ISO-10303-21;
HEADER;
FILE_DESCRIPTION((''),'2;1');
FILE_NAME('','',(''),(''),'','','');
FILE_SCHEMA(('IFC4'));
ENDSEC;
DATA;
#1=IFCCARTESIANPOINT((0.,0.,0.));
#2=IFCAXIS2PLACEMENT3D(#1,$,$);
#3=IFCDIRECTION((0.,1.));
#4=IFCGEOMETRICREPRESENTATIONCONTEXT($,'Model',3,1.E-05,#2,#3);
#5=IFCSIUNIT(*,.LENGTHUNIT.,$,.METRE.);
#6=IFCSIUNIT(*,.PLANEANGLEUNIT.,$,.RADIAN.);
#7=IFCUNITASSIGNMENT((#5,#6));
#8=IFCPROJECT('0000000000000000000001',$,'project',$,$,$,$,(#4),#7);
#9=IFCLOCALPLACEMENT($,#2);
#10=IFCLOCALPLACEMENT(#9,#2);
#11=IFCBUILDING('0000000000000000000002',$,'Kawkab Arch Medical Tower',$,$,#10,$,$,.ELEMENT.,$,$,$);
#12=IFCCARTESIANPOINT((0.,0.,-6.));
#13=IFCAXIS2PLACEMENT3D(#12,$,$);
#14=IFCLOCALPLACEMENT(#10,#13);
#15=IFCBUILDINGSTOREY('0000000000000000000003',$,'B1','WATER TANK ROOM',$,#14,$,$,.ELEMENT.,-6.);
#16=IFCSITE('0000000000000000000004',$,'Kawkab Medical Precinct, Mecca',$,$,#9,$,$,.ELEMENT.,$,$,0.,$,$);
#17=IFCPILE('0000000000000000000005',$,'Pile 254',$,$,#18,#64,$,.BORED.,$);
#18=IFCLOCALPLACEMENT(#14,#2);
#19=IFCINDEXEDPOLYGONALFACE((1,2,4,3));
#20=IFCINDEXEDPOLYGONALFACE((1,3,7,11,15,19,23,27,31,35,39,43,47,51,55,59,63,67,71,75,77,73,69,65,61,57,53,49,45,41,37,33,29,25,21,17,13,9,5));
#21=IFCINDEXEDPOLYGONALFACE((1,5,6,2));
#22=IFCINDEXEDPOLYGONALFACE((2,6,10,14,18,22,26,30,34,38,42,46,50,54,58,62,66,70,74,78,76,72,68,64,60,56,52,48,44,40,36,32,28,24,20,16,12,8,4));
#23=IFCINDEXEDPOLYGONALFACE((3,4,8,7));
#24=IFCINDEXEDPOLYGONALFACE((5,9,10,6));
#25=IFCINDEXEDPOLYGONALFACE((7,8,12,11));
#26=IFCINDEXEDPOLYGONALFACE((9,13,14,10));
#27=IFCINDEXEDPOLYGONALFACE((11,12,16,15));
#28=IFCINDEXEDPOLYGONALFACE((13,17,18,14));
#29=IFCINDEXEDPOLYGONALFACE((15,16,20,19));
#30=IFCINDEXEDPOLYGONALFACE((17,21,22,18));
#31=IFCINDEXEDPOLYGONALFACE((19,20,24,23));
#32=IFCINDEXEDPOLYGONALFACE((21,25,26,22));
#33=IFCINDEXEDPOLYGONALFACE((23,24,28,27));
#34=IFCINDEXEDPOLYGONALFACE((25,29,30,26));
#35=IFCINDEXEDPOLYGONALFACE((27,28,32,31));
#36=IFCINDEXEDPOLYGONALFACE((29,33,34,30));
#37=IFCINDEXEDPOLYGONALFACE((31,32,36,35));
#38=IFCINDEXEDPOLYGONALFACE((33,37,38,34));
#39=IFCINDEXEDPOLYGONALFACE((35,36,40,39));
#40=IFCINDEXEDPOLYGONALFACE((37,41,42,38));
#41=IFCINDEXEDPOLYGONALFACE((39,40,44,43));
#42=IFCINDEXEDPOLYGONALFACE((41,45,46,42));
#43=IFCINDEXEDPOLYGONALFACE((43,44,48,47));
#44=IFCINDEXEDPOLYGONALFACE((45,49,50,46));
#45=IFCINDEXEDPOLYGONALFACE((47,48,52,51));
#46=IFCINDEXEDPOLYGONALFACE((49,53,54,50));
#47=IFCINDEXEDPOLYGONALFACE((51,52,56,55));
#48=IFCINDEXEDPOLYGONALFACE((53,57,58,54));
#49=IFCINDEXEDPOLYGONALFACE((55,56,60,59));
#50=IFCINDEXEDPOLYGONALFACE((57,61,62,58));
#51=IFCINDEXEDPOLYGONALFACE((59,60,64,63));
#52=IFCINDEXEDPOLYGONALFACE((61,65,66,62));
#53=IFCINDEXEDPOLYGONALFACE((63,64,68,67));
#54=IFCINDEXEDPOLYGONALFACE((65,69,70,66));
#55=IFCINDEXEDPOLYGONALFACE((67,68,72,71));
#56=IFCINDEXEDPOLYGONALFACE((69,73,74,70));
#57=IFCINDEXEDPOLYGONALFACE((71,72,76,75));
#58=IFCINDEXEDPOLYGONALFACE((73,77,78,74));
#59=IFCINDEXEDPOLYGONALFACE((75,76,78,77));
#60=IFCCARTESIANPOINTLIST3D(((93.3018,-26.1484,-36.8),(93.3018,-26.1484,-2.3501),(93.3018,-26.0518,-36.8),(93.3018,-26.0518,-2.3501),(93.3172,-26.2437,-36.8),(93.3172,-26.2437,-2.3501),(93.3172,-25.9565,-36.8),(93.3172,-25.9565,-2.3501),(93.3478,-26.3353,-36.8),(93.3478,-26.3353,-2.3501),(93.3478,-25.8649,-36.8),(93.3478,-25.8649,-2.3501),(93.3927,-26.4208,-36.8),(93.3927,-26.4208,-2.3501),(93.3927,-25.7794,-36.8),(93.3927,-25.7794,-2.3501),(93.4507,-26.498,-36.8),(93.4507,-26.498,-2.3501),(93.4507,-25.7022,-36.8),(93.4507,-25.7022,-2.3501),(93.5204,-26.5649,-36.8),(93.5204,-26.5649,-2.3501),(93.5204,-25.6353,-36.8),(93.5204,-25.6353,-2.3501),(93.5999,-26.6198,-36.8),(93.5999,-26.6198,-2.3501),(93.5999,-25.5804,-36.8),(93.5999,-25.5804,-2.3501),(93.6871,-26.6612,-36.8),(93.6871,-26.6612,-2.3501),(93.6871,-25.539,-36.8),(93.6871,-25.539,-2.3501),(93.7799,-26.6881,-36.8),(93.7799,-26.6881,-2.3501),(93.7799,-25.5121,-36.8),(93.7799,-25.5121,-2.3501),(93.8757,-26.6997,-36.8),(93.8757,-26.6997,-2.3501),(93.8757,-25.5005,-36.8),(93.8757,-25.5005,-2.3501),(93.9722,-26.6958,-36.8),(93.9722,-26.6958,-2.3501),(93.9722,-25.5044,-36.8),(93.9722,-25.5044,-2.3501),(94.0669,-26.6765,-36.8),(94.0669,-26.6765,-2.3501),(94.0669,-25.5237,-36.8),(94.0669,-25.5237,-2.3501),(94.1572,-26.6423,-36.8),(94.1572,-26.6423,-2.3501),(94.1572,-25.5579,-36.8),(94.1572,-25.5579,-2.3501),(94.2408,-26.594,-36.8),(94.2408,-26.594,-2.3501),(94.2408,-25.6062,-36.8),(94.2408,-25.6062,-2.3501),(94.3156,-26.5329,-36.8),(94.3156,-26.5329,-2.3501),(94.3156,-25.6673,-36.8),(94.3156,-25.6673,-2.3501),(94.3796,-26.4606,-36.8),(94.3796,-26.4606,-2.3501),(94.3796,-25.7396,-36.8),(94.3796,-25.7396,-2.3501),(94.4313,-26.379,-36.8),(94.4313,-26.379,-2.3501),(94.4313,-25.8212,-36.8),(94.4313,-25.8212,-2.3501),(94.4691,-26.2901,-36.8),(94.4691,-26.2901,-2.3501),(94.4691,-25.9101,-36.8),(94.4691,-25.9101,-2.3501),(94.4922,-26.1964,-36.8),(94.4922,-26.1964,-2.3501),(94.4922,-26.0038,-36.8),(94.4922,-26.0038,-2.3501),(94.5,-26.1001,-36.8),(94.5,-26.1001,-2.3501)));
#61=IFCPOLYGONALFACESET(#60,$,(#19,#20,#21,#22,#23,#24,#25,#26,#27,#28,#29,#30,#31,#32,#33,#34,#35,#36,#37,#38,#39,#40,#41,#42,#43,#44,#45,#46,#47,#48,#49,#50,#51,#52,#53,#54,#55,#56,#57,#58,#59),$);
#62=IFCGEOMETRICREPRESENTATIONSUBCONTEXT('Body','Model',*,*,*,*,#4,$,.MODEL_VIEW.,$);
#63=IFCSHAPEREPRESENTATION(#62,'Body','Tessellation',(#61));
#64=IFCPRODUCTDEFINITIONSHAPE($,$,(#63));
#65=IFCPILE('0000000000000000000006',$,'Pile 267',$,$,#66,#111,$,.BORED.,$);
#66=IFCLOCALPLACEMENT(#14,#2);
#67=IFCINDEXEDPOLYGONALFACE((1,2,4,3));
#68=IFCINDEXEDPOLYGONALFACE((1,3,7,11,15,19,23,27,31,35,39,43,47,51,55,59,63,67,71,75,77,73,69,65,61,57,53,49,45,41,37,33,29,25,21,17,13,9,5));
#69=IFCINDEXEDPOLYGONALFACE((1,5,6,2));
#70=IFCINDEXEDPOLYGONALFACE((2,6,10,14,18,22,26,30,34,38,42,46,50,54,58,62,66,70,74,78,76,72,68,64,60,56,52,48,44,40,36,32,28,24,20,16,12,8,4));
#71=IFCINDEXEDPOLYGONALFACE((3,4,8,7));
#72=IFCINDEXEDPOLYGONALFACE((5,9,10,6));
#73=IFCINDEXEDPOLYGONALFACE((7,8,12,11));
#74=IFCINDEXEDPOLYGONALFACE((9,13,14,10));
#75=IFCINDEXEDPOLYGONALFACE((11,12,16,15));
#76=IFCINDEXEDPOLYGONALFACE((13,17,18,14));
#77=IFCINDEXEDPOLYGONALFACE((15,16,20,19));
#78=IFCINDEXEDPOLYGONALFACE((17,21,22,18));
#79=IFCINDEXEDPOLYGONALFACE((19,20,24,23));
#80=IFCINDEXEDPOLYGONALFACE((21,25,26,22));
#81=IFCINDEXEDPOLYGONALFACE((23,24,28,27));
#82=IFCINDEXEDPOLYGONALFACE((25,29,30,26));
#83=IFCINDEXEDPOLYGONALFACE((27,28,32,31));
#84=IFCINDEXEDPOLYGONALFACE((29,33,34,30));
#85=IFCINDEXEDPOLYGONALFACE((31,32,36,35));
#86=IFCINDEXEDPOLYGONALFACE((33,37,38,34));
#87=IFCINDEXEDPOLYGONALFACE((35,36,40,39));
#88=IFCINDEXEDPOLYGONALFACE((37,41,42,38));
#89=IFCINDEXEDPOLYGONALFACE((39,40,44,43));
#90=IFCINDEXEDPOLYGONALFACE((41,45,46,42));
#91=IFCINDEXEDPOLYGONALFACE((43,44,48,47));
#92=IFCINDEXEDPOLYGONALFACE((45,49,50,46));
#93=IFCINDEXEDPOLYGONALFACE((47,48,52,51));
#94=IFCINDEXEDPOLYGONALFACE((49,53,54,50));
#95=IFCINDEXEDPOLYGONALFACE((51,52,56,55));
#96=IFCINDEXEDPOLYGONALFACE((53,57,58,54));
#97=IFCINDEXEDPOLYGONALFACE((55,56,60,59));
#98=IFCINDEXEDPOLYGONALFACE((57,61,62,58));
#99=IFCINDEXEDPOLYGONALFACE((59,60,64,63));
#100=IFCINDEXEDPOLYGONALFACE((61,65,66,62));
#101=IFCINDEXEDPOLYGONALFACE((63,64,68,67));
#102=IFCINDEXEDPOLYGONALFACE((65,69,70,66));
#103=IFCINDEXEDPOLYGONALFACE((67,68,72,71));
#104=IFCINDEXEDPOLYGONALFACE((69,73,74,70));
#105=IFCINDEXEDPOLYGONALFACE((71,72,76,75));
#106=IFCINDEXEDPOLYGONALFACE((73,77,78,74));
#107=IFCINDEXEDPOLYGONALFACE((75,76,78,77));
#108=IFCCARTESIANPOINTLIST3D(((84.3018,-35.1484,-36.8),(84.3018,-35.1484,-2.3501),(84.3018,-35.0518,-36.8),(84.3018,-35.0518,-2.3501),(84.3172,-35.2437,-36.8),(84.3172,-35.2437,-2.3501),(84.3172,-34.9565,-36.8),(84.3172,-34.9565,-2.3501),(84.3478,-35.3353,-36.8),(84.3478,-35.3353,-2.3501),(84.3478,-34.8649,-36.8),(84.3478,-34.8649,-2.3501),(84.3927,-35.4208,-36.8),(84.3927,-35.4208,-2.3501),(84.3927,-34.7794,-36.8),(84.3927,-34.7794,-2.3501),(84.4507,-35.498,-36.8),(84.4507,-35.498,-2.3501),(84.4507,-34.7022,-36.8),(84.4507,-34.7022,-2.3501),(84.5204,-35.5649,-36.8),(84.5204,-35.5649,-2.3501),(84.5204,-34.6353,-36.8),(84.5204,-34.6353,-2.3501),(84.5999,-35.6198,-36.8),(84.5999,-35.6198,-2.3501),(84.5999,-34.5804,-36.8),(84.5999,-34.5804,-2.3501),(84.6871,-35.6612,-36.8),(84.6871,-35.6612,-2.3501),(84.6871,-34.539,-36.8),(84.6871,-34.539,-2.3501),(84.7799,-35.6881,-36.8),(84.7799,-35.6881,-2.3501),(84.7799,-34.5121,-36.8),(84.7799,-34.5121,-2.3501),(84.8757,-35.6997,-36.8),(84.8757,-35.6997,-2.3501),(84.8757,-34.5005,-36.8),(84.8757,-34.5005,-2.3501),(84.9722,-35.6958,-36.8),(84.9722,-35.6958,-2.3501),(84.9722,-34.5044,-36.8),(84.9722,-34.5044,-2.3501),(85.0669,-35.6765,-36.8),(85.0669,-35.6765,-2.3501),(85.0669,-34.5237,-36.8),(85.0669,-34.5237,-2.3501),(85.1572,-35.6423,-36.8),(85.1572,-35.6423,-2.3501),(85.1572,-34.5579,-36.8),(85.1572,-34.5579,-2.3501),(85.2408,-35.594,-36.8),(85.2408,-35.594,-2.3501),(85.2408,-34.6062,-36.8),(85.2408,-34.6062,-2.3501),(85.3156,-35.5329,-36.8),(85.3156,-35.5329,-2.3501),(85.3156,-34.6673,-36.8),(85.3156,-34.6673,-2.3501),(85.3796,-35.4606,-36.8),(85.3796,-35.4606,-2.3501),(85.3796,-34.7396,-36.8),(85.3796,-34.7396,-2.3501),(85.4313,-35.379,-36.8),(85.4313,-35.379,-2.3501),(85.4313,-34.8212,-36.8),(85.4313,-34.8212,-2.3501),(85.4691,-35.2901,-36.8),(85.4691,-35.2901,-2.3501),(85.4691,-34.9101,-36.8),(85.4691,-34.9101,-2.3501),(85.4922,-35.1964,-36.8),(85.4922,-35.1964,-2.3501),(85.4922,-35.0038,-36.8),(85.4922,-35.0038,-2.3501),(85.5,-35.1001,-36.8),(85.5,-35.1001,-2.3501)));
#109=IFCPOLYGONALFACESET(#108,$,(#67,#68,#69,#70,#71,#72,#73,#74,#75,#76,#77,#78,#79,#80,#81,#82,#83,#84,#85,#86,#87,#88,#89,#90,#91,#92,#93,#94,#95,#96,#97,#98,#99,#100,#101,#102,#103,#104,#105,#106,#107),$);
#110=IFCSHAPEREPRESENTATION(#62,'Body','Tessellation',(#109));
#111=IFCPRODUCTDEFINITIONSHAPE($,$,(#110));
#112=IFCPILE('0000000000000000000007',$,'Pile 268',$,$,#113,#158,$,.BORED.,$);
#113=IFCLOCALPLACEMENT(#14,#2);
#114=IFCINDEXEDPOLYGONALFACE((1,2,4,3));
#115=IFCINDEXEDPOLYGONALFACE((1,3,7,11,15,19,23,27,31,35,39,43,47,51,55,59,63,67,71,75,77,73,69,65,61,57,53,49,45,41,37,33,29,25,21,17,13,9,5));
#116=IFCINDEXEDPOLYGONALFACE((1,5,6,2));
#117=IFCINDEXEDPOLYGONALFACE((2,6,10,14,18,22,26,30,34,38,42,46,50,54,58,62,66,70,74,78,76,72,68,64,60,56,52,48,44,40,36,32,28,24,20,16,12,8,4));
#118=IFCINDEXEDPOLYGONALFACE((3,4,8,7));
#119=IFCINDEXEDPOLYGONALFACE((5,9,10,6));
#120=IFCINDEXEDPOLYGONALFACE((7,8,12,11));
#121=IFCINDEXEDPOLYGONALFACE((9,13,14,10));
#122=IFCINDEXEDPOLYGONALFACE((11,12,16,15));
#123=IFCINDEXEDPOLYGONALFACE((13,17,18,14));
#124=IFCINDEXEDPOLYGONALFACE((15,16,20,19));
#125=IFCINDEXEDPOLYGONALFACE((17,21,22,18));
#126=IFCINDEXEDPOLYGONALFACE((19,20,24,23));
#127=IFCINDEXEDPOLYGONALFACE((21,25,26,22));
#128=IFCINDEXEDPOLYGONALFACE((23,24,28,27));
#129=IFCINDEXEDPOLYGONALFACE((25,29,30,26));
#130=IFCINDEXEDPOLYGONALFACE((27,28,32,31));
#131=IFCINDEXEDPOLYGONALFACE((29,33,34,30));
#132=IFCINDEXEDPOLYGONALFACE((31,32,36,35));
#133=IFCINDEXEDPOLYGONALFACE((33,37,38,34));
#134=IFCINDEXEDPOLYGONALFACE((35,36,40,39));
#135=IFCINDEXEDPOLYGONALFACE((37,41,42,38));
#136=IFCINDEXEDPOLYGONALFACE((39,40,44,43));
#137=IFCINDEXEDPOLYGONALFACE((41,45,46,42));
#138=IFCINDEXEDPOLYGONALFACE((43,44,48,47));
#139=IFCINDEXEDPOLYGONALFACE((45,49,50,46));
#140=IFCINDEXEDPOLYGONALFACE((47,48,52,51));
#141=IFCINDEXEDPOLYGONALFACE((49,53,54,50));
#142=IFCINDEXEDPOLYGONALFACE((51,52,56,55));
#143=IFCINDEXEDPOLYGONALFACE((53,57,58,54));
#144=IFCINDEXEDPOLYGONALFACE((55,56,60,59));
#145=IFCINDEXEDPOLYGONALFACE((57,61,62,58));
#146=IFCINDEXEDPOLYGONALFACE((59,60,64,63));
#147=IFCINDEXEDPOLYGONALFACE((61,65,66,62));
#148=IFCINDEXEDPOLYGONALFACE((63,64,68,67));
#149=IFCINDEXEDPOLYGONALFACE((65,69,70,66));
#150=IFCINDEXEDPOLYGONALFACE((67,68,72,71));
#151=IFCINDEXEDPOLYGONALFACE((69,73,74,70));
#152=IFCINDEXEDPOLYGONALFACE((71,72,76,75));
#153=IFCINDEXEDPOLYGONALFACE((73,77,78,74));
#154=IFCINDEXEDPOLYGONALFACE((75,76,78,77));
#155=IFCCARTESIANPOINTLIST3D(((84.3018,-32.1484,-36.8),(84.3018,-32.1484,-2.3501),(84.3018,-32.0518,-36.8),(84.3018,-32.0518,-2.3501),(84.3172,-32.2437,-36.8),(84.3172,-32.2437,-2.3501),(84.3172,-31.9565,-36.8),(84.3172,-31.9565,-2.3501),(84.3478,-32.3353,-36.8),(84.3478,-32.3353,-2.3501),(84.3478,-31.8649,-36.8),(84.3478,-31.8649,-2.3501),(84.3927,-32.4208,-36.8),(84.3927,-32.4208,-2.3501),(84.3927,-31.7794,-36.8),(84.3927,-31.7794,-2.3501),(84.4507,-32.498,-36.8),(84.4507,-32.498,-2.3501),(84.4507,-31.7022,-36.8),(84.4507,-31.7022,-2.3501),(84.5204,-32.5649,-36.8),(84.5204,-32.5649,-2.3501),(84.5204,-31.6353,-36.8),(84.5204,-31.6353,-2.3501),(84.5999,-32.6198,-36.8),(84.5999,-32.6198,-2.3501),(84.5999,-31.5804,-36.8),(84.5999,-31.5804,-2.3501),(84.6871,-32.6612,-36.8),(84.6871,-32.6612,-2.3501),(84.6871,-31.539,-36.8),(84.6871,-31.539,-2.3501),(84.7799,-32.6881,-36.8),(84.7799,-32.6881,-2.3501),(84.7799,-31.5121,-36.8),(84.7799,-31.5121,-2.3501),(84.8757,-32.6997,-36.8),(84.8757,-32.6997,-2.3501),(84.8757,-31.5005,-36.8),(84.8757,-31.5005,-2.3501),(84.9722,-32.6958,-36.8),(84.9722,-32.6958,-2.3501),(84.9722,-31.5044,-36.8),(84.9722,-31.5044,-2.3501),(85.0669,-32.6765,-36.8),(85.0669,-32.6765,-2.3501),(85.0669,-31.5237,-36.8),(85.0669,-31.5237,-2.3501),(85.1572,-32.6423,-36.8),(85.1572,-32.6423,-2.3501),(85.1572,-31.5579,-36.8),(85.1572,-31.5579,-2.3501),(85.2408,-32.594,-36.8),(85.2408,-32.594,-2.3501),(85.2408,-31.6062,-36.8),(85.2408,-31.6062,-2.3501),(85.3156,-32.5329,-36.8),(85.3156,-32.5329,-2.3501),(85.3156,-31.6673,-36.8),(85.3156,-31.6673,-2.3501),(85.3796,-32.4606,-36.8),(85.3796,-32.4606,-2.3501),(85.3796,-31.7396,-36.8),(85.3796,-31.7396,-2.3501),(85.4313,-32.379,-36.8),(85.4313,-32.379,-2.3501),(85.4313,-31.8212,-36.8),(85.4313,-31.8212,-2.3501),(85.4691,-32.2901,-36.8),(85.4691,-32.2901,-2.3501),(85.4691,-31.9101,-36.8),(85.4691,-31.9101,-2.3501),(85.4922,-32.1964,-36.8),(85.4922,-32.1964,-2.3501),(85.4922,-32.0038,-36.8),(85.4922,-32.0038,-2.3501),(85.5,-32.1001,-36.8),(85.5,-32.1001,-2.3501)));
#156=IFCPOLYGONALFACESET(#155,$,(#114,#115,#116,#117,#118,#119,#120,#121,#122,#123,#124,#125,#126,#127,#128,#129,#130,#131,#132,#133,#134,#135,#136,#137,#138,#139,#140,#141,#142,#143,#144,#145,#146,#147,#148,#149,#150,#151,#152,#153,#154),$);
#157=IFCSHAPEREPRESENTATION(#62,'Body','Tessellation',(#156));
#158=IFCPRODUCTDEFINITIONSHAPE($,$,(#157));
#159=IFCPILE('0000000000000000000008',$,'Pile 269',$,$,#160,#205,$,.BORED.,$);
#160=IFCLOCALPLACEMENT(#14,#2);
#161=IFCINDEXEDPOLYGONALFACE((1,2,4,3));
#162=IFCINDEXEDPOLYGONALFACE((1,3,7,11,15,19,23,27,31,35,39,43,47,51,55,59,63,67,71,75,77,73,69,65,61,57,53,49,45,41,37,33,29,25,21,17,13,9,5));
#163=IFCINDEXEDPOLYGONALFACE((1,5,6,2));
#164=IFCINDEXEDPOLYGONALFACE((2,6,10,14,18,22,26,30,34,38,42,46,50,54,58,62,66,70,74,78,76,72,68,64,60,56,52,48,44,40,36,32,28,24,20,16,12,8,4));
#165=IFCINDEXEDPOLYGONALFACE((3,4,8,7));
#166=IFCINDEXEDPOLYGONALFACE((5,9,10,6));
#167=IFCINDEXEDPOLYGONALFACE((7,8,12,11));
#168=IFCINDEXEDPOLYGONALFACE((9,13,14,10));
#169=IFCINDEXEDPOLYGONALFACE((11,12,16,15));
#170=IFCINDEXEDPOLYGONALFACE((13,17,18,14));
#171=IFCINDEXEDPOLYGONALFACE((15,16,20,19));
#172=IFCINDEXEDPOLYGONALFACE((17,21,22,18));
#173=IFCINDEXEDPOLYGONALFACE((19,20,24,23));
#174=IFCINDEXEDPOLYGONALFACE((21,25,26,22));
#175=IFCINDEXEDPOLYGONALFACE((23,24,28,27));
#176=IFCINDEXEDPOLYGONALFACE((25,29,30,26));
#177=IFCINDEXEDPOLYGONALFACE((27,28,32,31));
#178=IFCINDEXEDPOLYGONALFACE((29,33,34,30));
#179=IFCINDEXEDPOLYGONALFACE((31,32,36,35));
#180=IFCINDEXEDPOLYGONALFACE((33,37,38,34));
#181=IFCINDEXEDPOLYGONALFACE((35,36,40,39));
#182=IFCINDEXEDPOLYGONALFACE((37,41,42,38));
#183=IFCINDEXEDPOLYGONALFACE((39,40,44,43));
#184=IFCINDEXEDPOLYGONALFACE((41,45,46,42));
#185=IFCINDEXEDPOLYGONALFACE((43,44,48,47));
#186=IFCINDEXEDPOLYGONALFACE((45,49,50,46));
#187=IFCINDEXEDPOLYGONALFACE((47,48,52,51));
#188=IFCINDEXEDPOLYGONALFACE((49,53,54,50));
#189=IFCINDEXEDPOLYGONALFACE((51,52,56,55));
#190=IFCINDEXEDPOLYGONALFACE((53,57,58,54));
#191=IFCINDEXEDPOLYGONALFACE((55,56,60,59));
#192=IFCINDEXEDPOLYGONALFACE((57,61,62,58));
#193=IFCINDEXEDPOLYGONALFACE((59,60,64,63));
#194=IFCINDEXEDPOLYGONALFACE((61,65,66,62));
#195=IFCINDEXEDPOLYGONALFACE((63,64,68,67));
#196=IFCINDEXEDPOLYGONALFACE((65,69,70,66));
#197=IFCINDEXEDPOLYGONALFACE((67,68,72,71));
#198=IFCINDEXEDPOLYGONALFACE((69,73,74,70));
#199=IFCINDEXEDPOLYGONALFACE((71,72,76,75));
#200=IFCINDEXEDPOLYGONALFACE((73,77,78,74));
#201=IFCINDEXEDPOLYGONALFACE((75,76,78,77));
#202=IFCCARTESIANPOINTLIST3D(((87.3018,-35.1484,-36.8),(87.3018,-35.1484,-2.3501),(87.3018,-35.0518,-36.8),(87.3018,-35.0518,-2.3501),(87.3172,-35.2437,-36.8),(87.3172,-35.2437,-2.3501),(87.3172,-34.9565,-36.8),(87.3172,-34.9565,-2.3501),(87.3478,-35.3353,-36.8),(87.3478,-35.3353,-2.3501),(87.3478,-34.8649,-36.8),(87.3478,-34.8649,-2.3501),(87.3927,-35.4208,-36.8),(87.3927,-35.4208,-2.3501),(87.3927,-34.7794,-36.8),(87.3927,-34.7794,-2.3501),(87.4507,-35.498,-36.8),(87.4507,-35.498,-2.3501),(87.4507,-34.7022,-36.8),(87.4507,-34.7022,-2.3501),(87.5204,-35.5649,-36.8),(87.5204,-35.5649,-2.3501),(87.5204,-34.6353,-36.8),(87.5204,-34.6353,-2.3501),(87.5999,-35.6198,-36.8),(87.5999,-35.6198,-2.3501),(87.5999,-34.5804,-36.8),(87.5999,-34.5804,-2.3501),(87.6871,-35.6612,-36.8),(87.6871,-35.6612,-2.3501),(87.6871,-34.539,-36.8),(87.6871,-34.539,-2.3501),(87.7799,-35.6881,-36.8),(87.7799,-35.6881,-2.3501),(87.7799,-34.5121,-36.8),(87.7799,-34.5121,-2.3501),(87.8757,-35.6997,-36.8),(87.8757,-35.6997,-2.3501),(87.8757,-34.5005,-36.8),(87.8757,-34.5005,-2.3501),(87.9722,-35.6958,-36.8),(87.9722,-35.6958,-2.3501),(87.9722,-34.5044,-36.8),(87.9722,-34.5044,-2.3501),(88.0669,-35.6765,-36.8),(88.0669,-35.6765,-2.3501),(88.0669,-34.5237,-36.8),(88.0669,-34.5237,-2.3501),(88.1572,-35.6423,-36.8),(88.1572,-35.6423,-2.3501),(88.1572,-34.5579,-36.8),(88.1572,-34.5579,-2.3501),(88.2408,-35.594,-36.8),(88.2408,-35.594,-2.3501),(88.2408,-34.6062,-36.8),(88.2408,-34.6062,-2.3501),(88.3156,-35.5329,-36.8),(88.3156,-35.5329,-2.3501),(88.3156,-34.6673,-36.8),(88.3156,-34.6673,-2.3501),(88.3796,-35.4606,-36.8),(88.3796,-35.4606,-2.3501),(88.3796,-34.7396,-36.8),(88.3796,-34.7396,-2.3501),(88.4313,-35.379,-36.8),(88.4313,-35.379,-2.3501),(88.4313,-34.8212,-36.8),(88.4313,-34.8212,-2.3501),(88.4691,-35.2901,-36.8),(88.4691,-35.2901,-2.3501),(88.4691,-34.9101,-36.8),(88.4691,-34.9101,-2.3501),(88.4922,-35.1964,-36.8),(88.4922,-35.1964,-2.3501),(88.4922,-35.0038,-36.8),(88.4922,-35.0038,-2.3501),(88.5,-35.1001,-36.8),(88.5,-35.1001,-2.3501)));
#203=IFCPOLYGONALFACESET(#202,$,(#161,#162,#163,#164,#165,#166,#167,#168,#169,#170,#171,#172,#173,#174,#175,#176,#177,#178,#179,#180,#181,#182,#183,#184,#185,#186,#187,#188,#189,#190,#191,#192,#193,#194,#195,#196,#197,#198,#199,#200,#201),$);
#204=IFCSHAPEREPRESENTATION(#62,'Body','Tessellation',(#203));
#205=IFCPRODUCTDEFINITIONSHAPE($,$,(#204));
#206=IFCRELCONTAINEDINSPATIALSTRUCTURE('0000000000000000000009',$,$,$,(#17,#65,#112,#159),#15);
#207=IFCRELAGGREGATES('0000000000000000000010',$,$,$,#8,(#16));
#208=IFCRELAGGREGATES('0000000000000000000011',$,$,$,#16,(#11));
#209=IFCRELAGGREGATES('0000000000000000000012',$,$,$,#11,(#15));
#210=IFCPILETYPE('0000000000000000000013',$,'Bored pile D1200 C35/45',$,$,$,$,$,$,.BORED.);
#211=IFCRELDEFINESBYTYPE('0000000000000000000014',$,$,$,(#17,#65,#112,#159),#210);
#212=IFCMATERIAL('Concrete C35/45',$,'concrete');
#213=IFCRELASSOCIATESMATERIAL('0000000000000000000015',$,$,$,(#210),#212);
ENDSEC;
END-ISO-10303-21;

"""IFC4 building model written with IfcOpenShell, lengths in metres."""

from ifc_helpers import new_model, si_unit, direction, frame, origin, origin_2d, place, context, subcontext, project, spatial, circle, extrude, material, material_profile, profile_set, type_object, element, save


model = new_model("IFC4")

# Units and contexts
model_context = context("Model", 3, precision=1e-05, world=origin(), true_north=direction((0.0, 1.0)))
body_context = subcontext(model_context, "Body", "Model", "MODEL_VIEW")
ifc_project = project(units=[si_unit("LENGTHUNIT", "METRE"), si_unit("PLANEANGLEUNIT", "RADIAN")], contexts=[model_context])

# Site, building, storey
site_placement = place(None, origin())
site = spatial("IfcSite", under=ifc_project, at=site_placement, Name="Kawkab Medical Precinct, Mecca", CompositionType="ELEMENT", RefElevation=0.0)
building_placement = place(site_placement, origin())
building = spatial("IfcBuilding", under=site, at=building_placement, Name="Kawkab Arch Medical Tower", CompositionType="ELEMENT")
storey_placement = place(building_placement, frame((0.0, 0.0, -6.0)))
storey = spatial("IfcBuildingStorey", under=building, at=storey_placement, Name="B1", Description="WATER TANK ROOM", CompositionType="ELEMENT", Elevation=-6.0)

# Piles
ifc_material_1 = material(Name="Concrete C35/45", Category="concrete")
ifc_material_profile_1 = material_profile(ifc_material_1, circle(Radius=0.6001, at=origin_2d()), Name="Bored pile D1200")
ifc_profile_set_1 = profile_set([ifc_material_profile_1], Name="Concrete C35/45")
pile_type_1 = type_object("IfcPileType", Name="Bored pile D1200 C35/45", PredefinedType="BORED", material=ifc_profile_set_1)
for number, where, z_axis, x_axis, name in (
    (1, (93.8999, -26.1001, -2.3501), (0.0, 0.0, -1.0), (1.0, 0.0, 0.0), "Pile 254"),
    (2, (84.8999, -35.1001, -2.3501), (0.0, 0.0, -1.0), (1.0, 0.0, 0.0), "Pile 267"),
    (3, (84.8999, -32.1001, -2.3501), (0.0, 0.0, -1.0), (1.0, 0.0, 0.0), "Pile 268"),
    (4, (87.8999, -35.1001, -2.3501), (0.0, 0.0, -1.0), (1.0, 0.0, 0.0), "Pile 269"),
):
    element("IfcPile", number, at=place(storey_placement, frame(where, z_axis=z_axis, x_axis=x_axis)), inside=storey, type_object=pile_type_1, Name=name, PredefinedType="BORED", context=body_context, shape_type="SweptSolid", body=[
        extrude(circle(Radius=0.6001, at=origin_2d()), origin(), (0.0, 0.0, 1.0), 34.45),
    ])

save(model, "model.ifc")
